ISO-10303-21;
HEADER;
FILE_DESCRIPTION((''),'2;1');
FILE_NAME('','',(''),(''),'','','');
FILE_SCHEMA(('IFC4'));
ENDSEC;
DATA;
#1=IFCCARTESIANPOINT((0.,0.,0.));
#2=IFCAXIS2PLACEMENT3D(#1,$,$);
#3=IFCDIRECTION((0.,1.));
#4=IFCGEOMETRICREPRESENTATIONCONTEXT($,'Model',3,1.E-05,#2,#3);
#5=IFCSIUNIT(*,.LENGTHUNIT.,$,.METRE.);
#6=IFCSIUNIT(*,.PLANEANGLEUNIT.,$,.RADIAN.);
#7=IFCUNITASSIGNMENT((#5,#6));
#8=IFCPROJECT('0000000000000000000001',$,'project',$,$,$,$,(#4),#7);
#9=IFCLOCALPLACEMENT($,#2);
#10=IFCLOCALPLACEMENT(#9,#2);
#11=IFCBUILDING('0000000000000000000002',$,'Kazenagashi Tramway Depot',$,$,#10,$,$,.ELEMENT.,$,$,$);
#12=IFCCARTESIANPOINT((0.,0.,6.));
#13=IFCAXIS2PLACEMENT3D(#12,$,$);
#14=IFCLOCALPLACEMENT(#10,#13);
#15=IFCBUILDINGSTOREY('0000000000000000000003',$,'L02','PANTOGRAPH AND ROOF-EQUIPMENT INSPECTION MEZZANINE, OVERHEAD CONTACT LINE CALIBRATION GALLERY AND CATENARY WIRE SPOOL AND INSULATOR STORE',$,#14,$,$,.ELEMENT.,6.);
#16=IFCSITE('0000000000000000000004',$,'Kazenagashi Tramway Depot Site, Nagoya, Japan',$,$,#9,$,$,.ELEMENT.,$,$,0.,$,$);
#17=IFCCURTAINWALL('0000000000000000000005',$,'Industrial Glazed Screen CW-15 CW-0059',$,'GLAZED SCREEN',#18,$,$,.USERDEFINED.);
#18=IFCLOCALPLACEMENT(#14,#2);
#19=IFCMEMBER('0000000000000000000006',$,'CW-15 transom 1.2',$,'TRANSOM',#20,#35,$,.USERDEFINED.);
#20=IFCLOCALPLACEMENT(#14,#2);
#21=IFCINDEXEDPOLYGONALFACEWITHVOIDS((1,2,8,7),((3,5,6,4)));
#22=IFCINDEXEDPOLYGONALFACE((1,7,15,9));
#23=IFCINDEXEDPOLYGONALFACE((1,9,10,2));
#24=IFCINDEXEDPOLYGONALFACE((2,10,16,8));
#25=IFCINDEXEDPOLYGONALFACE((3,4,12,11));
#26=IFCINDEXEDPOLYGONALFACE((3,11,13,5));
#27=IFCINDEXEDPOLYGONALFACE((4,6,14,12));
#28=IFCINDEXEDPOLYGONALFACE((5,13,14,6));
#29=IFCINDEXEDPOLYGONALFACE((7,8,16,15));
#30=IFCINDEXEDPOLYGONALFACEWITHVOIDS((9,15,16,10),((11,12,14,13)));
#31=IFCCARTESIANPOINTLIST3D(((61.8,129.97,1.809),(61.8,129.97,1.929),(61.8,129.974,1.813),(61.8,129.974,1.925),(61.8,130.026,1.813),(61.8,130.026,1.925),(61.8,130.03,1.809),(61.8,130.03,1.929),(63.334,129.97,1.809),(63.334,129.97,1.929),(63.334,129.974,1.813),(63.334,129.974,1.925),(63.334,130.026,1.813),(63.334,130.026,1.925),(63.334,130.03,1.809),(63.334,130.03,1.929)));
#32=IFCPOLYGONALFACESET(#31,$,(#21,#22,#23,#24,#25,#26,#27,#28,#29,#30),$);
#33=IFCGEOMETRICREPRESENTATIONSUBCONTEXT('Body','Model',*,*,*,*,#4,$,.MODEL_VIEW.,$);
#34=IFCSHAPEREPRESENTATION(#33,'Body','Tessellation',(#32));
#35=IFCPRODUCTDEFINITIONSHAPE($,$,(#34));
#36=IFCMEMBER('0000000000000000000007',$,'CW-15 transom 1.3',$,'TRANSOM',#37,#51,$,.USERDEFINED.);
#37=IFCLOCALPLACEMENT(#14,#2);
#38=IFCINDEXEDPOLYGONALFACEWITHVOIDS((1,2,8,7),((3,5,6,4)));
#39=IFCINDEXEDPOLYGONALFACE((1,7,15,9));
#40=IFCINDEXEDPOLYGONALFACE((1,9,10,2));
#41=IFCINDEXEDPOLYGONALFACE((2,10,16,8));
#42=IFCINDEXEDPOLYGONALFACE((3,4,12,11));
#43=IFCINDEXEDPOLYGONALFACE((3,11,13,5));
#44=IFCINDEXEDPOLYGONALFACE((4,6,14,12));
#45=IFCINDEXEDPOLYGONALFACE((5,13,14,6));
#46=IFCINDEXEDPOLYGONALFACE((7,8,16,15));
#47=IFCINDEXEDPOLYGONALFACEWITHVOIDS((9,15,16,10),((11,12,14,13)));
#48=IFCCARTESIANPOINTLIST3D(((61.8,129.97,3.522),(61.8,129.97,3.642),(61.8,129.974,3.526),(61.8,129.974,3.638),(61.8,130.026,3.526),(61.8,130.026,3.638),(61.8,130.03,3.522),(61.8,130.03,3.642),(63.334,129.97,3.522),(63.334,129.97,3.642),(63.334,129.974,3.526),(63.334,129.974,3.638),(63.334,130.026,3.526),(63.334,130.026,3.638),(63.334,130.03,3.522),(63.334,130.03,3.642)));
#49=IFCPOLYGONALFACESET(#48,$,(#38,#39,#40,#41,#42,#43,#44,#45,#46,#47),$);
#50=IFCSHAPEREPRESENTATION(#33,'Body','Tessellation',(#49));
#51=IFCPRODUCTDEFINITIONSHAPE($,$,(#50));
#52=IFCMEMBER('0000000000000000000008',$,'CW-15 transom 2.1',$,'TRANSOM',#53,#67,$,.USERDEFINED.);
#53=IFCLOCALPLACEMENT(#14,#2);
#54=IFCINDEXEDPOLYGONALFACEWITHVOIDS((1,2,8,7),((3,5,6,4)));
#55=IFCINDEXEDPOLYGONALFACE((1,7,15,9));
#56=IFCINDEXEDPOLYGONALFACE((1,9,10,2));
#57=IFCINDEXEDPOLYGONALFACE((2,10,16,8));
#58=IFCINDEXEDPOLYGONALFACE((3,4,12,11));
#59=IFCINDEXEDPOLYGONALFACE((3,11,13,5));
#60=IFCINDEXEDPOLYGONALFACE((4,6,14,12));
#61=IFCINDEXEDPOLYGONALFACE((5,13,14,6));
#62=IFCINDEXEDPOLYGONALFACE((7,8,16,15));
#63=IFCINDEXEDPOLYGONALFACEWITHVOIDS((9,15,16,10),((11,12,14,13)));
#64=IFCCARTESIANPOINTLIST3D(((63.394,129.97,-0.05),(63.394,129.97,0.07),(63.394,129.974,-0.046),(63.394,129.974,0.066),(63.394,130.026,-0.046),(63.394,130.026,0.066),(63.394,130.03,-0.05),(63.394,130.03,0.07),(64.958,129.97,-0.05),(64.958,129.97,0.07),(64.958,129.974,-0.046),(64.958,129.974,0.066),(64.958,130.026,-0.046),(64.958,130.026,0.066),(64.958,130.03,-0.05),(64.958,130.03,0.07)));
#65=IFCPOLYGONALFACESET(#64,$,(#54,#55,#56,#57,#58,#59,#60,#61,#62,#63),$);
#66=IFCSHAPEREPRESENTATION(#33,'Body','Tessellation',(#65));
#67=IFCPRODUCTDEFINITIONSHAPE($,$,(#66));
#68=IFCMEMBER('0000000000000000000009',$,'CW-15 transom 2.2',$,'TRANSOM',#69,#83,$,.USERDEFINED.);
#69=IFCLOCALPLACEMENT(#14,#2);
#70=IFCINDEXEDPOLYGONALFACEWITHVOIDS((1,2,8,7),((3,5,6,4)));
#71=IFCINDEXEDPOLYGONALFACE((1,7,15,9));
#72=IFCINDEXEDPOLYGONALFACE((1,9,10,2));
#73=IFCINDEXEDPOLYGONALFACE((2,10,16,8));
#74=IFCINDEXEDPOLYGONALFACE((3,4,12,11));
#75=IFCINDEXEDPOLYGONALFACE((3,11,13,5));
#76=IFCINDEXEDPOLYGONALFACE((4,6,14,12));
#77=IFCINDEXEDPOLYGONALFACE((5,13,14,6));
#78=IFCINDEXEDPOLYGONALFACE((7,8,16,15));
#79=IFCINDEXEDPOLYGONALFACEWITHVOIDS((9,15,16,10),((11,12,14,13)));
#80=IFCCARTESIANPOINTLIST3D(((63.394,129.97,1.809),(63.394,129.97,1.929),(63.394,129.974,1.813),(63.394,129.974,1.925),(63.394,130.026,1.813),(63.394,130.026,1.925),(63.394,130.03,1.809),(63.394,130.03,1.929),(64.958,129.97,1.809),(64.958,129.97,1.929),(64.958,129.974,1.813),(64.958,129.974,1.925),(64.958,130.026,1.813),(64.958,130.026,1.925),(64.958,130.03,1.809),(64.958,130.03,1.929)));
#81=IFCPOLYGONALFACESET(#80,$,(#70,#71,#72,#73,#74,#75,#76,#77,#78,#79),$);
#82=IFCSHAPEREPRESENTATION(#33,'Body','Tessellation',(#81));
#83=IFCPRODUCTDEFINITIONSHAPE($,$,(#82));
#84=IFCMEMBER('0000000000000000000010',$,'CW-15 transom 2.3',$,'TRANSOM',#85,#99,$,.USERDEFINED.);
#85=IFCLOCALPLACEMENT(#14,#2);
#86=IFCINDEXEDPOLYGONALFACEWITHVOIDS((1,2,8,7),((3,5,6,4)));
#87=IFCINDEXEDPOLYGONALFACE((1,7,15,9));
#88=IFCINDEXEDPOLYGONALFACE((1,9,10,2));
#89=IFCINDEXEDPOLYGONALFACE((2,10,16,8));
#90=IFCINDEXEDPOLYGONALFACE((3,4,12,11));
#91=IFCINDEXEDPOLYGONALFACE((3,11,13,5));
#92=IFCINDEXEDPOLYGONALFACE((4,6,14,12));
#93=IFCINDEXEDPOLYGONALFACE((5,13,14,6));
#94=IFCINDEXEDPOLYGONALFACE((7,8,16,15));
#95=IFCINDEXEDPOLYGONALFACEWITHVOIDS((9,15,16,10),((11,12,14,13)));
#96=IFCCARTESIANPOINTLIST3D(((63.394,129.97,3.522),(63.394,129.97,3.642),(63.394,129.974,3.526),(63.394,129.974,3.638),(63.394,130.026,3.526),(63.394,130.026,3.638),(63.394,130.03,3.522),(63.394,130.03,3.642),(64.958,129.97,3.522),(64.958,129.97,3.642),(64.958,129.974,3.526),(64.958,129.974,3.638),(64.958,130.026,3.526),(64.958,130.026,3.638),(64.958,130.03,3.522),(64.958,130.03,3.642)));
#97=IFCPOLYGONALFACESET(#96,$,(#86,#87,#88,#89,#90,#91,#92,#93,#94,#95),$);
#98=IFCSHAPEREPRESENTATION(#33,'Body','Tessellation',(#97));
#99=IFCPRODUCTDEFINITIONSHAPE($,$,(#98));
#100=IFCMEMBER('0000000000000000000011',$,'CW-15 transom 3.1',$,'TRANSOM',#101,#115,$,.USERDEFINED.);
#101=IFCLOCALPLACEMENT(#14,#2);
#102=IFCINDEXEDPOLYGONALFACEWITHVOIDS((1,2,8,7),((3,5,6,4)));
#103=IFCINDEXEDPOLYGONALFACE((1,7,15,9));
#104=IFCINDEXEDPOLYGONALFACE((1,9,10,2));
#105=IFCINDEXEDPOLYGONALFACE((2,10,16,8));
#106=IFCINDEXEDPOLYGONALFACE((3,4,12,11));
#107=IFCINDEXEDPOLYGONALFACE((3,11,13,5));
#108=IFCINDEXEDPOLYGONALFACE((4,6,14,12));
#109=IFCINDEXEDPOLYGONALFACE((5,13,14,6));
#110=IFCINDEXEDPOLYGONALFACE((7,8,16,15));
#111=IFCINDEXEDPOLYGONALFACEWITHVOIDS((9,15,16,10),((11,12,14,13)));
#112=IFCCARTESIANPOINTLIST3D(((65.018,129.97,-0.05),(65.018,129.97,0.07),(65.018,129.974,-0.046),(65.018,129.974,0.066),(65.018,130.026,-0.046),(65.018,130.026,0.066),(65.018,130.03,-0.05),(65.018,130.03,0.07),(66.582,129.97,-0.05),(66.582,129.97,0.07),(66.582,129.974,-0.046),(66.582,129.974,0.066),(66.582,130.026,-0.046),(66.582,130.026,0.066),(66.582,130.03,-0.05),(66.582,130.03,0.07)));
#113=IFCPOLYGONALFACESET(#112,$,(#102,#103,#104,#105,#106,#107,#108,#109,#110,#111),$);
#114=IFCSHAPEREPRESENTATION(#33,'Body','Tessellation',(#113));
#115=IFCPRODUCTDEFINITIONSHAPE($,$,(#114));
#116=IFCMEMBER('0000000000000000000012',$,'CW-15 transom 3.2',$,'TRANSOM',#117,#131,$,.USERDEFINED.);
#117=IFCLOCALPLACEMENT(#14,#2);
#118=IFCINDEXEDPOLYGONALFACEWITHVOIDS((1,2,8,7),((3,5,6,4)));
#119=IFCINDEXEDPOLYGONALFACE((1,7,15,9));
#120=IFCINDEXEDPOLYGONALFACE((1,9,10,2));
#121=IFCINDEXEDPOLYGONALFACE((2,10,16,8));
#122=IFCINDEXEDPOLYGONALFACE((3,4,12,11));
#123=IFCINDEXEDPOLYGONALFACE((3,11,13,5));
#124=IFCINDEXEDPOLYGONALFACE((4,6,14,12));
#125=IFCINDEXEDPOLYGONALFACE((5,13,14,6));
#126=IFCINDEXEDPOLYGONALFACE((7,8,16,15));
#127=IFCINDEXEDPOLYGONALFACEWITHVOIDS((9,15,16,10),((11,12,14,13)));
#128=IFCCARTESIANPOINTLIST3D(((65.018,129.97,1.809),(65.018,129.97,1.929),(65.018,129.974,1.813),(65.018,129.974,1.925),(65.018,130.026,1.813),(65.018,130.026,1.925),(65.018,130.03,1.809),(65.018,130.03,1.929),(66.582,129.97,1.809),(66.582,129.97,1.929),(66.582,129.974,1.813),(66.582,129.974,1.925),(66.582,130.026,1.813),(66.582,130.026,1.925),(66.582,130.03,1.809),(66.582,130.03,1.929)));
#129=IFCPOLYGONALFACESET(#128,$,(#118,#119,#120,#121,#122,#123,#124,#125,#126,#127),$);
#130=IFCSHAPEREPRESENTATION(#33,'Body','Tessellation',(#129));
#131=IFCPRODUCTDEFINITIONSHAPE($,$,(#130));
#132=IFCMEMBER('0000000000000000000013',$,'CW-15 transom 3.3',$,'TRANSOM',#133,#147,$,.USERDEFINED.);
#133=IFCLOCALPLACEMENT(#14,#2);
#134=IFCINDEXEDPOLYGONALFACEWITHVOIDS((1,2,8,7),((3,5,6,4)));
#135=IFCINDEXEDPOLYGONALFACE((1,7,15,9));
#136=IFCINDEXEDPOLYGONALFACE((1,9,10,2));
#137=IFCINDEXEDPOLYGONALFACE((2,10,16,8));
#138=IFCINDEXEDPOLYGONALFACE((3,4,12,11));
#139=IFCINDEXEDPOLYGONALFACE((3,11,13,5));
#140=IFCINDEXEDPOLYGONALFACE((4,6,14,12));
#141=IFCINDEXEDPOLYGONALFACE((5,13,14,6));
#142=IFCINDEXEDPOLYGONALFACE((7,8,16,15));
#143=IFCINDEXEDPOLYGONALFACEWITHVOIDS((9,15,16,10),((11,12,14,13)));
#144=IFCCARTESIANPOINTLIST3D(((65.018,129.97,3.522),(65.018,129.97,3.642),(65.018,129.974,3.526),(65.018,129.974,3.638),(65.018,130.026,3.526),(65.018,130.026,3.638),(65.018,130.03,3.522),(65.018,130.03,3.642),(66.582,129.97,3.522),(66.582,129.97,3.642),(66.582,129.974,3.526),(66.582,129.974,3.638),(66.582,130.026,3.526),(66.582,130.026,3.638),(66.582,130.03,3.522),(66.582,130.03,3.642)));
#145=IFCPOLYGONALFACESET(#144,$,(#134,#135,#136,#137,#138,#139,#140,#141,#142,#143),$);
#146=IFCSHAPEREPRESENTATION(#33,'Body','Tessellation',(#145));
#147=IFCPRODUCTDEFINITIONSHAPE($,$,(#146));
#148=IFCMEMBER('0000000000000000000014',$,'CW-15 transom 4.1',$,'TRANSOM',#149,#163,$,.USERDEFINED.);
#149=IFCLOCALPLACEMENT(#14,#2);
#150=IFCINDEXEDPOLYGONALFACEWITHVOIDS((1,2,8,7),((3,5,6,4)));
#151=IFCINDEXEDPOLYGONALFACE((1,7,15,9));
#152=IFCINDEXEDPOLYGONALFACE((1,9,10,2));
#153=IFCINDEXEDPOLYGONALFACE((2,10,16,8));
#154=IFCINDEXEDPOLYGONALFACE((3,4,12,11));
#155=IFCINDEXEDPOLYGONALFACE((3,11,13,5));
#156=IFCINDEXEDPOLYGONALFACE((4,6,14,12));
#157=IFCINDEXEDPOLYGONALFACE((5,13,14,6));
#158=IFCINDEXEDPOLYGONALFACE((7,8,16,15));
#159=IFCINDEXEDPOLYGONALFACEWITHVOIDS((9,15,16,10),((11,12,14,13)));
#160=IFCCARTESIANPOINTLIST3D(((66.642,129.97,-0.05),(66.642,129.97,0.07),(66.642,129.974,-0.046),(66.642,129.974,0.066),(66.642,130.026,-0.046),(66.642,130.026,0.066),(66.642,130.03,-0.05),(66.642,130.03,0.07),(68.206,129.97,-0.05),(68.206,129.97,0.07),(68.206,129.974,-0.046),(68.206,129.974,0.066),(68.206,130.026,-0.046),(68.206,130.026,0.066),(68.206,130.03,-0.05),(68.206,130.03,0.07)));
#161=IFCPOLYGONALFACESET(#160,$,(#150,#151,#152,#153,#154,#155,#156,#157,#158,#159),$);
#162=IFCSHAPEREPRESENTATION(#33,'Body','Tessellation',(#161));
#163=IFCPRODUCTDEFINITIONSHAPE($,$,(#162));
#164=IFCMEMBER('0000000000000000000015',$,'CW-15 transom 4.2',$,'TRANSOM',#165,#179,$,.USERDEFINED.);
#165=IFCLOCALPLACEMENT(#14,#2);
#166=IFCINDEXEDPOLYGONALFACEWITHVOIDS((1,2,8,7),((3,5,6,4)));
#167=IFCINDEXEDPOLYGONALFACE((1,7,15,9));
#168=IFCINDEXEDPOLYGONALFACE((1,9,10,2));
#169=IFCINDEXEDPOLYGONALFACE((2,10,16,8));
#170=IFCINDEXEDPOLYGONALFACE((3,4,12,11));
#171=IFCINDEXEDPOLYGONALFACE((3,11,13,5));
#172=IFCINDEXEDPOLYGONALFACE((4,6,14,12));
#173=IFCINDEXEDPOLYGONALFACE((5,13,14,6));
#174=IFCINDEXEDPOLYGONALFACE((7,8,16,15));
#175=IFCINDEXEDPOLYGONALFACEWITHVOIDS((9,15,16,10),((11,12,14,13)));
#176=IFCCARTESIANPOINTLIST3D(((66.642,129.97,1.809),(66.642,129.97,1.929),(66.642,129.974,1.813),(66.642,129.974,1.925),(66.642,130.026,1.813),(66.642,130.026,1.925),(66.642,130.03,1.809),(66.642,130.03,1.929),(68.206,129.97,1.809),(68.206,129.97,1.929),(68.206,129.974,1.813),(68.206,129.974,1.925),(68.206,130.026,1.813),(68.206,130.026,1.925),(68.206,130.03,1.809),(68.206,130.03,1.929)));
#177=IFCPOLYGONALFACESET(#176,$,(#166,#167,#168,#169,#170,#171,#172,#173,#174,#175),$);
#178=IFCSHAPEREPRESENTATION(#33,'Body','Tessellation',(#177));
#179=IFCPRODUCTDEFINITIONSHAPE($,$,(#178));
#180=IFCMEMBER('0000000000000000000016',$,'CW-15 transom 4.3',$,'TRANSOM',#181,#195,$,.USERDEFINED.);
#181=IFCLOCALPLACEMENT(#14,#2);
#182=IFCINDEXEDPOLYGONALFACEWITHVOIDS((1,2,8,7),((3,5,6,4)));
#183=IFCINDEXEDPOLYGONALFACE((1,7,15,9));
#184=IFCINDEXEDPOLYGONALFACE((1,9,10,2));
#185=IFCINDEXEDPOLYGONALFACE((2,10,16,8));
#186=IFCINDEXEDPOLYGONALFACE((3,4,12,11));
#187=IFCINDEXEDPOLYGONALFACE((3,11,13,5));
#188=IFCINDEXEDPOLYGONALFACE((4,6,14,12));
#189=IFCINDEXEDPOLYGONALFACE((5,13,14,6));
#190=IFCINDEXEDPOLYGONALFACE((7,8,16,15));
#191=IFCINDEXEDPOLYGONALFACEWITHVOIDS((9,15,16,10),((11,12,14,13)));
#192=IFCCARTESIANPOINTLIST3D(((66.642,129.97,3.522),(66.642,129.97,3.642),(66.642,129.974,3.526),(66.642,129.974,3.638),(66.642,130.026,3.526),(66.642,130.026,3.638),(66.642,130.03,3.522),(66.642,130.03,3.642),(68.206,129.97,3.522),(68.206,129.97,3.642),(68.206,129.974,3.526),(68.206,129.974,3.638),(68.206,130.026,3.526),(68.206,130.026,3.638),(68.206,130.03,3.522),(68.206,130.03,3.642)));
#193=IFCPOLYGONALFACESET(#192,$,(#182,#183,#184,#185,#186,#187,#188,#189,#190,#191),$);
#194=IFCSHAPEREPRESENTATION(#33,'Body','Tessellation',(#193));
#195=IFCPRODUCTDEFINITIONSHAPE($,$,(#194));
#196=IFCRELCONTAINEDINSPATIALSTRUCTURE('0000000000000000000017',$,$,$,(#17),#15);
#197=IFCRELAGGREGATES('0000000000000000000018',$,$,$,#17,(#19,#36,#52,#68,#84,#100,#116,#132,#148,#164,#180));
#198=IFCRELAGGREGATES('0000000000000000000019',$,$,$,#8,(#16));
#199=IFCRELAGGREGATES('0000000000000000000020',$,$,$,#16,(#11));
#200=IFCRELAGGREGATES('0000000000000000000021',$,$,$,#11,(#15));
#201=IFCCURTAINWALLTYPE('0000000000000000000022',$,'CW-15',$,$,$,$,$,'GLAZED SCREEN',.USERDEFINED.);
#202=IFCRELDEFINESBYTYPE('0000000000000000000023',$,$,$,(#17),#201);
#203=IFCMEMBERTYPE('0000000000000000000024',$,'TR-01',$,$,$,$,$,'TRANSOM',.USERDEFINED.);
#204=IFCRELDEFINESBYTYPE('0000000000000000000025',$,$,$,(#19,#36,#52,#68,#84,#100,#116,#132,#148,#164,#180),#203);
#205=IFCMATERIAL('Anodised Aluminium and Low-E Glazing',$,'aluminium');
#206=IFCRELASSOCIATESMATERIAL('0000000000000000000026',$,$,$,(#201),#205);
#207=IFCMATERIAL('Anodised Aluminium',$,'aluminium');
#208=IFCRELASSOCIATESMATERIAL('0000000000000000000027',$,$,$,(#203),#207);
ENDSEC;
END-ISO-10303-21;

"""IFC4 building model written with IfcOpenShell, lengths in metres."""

from ifc_helpers import new_model, si_unit, direction, frame, origin, origin_2d, place, context, subcontext, project, spatial, hollow_rectangle, extrude, material, material_profile, profile_set, type_object, element, aggregate, save


model = new_model("IFC4")

# Units and contexts
model_context = context("Model", 3, precision=1e-05, world=origin(), true_north=direction((0.0, 1.0)))
body_context = subcontext(model_context, "Body", "Model", "MODEL_VIEW")
ifc_project = project(units=[si_unit("LENGTHUNIT", "METRE"), si_unit("PLANEANGLEUNIT", "RADIAN")], contexts=[model_context])

# Site, building, storey
site_placement = place(None, origin())
site = spatial("IfcSite", under=ifc_project, at=site_placement, Name="Kazenagashi Tramway Depot Site, Nagoya, Japan", CompositionType="ELEMENT", RefElevation=0.0)
building_placement = place(site_placement, origin())
building = spatial("IfcBuilding", under=site, at=building_placement, Name="Kazenagashi Tramway Depot", CompositionType="ELEMENT")
storey_placement = place(building_placement, frame((0.0, 0.0, 6.0)))
storey = spatial("IfcBuildingStorey", under=building, at=storey_placement, Name="L02", Description="PANTOGRAPH AND ROOF-EQUIPMENT INSPECTION MEZZANINE, OVERHEAD CONTACT LINE CALIBRATION GALLERY AND CATENARY WIRE SPOOL AND INSULATOR STORE", CompositionType="ELEMENT", Elevation=6.0)

# Curtain wall
ifc_material_1 = material(Name="Anodised Aluminium and Low-E Glazing", Category="aluminium")
curtain_wall_type = type_object("IfcCurtainWallType", Name="CW-15", ElementType="GLAZED SCREEN", PredefinedType="USERDEFINED", material=ifc_material_1)
curtain_wall_placement = place(storey_placement, origin())
curtain_wall = element("IfcCurtainWall", 1, at=curtain_wall_placement, inside=storey, type_object=curtain_wall_type, Name="Industrial Glazed Screen CW-15 CW-0059", ObjectType="GLAZED SCREEN", PredefinedType="USERDEFINED")
ifc_material_2 = material(Name="Anodised Aluminium", Category="aluminium")

# Members
ifc_material_profile_1 = material_profile(ifc_material_2, hollow_rectangle(XDim=0.06, YDim=0.12, WallThickness=0.004, at=origin_2d()), Name="RHS-120x60x4")
ifc_profile_set_1 = profile_set([ifc_material_profile_1], Name="Anodised Aluminium")
member_type_1 = type_object("IfcMemberType", Name="TR-01", ElementType="TRANSOM", PredefinedType="USERDEFINED", material=ifc_profile_set_1)
member_1_placement = place(storey_placement, frame((61.8, 130.0, 1.869), z_axis=(1.0, 0.0, 0.0), x_axis=(0.0, 1.0, 0.0)))
member_1 = element("IfcMember", 2, at=member_1_placement, type_object=member_type_1, Name="CW-15 transom 1.2", ObjectType="TRANSOM", PredefinedType="USERDEFINED", context=body_context, shape_type="SweptSolid", body=[
    extrude(hollow_rectangle(XDim=0.06, YDim=0.12, WallThickness=0.004, at=origin_2d()), origin(), (0.0, 0.0, 1.0), 1.534),
])
member_2_placement = place(storey_placement, frame((61.8, 130.0, 3.582), z_axis=(1.0, 0.0, 0.0), x_axis=(0.0, 1.0, 0.0)))
member_2 = element("IfcMember", 3, at=member_2_placement, type_object=member_type_1, Name="CW-15 transom 1.3", ObjectType="TRANSOM", PredefinedType="USERDEFINED", context=body_context, shape_type="SweptSolid", body=[
    extrude(hollow_rectangle(XDim=0.06, YDim=0.12, WallThickness=0.004, at=origin_2d()), origin(), (0.0, 0.0, 1.0), 1.534),
])
member_3_placement = place(storey_placement, frame((63.394, 130.0, 0.01), z_axis=(1.0, 0.0, 0.0), x_axis=(0.0, 1.0, 0.0)))
member_3 = element("IfcMember", 4, at=member_3_placement, type_object=member_type_1, Name="CW-15 transom 2.1", ObjectType="TRANSOM", PredefinedType="USERDEFINED", context=body_context, shape_type="SweptSolid", body=[
    extrude(hollow_rectangle(XDim=0.06, YDim=0.12, WallThickness=0.004, at=origin_2d()), origin(), (0.0, 0.0, 1.0), 1.564),
])
member_4_placement = place(storey_placement, frame((63.394, 130.0, 1.869), z_axis=(1.0, 0.0, 0.0), x_axis=(0.0, 1.0, 0.0)))
member_4 = element("IfcMember", 5, at=member_4_placement, type_object=member_type_1, Name="CW-15 transom 2.2", ObjectType="TRANSOM", PredefinedType="USERDEFINED", context=body_context, shape_type="SweptSolid", body=[
    extrude(hollow_rectangle(XDim=0.06, YDim=0.12, WallThickness=0.004, at=origin_2d()), origin(), (0.0, 0.0, 1.0), 1.564),
])
member_5_placement = place(storey_placement, frame((63.394, 130.0, 3.582), z_axis=(1.0, 0.0, 0.0), x_axis=(0.0, 1.0, 0.0)))
member_5 = element("IfcMember", 6, at=member_5_placement, type_object=member_type_1, Name="CW-15 transom 2.3", ObjectType="TRANSOM", PredefinedType="USERDEFINED", context=body_context, shape_type="SweptSolid", body=[
    extrude(hollow_rectangle(XDim=0.06, YDim=0.12, WallThickness=0.004, at=origin_2d()), origin(), (0.0, 0.0, 1.0), 1.564),
])
member_6_placement = place(storey_placement, frame((65.018, 130.0, 0.01), z_axis=(1.0, 0.0, 0.0), x_axis=(0.0, 1.0, 0.0)))
member_6 = element("IfcMember", 7, at=member_6_placement, type_object=member_type_1, Name="CW-15 transom 3.1", ObjectType="TRANSOM", PredefinedType="USERDEFINED", context=body_context, shape_type="SweptSolid", body=[
    extrude(hollow_rectangle(XDim=0.06, YDim=0.12, WallThickness=0.004, at=origin_2d()), origin(), (0.0, 0.0, 1.0), 1.564),
])
member_7_placement = place(storey_placement, frame((65.018, 130.0, 1.869), z_axis=(1.0, 0.0, 0.0), x_axis=(0.0, 1.0, 0.0)))
member_7 = element("IfcMember", 8, at=member_7_placement, type_object=member_type_1, Name="CW-15 transom 3.2", ObjectType="TRANSOM", PredefinedType="USERDEFINED", context=body_context, shape_type="SweptSolid", body=[
    extrude(hollow_rectangle(XDim=0.06, YDim=0.12, WallThickness=0.004, at=origin_2d()), origin(), (0.0, 0.0, 1.0), 1.564),
])
member_8_placement = place(storey_placement, frame((65.018, 130.0, 3.582), z_axis=(1.0, 0.0, 0.0), x_axis=(0.0, 1.0, 0.0)))
member_8 = element("IfcMember", 9, at=member_8_placement, type_object=member_type_1, Name="CW-15 transom 3.3", ObjectType="TRANSOM", PredefinedType="USERDEFINED", context=body_context, shape_type="SweptSolid", body=[
    extrude(hollow_rectangle(XDim=0.06, YDim=0.12, WallThickness=0.004, at=origin_2d()), origin(), (0.0, 0.0, 1.0), 1.564),
])
member_9_placement = place(storey_placement, frame((66.642, 130.0, 0.01), z_axis=(1.0, 0.0, 0.0), x_axis=(0.0, 1.0, 0.0)))
member_9 = element("IfcMember", 10, at=member_9_placement, type_object=member_type_1, Name="CW-15 transom 4.1", ObjectType="TRANSOM", PredefinedType="USERDEFINED", context=body_context, shape_type="SweptSolid", body=[
    extrude(hollow_rectangle(XDim=0.06, YDim=0.12, WallThickness=0.004, at=origin_2d()), origin(), (0.0, 0.0, 1.0), 1.564),
])
member_10_placement = place(storey_placement, frame((66.642, 130.0, 1.869), z_axis=(1.0, 0.0, 0.0), x_axis=(0.0, 1.0, 0.0)))
member_10 = element("IfcMember", 11, at=member_10_placement, type_object=member_type_1, Name="CW-15 transom 4.2", ObjectType="TRANSOM", PredefinedType="USERDEFINED", context=body_context, shape_type="SweptSolid", body=[
    extrude(hollow_rectangle(XDim=0.06, YDim=0.12, WallThickness=0.004, at=origin_2d()), origin(), (0.0, 0.0, 1.0), 1.564),
])
member_11_placement = place(storey_placement, frame((66.642, 130.0, 3.582), z_axis=(1.0, 0.0, 0.0), x_axis=(0.0, 1.0, 0.0)))
member_11 = element("IfcMember", 12, at=member_11_placement, type_object=member_type_1, Name="CW-15 transom 4.3", ObjectType="TRANSOM", PredefinedType="USERDEFINED", context=body_context, shape_type="SweptSolid", body=[
    extrude(hollow_rectangle(XDim=0.06, YDim=0.12, WallThickness=0.004, at=origin_2d()), origin(), (0.0, 0.0, 1.0), 1.564),
])

aggregate(curtain_wall, [member_1, member_2, member_3, member_4, member_5, member_6, member_7, member_8, member_9, member_10, member_11])

save(model, "model.ifc")
